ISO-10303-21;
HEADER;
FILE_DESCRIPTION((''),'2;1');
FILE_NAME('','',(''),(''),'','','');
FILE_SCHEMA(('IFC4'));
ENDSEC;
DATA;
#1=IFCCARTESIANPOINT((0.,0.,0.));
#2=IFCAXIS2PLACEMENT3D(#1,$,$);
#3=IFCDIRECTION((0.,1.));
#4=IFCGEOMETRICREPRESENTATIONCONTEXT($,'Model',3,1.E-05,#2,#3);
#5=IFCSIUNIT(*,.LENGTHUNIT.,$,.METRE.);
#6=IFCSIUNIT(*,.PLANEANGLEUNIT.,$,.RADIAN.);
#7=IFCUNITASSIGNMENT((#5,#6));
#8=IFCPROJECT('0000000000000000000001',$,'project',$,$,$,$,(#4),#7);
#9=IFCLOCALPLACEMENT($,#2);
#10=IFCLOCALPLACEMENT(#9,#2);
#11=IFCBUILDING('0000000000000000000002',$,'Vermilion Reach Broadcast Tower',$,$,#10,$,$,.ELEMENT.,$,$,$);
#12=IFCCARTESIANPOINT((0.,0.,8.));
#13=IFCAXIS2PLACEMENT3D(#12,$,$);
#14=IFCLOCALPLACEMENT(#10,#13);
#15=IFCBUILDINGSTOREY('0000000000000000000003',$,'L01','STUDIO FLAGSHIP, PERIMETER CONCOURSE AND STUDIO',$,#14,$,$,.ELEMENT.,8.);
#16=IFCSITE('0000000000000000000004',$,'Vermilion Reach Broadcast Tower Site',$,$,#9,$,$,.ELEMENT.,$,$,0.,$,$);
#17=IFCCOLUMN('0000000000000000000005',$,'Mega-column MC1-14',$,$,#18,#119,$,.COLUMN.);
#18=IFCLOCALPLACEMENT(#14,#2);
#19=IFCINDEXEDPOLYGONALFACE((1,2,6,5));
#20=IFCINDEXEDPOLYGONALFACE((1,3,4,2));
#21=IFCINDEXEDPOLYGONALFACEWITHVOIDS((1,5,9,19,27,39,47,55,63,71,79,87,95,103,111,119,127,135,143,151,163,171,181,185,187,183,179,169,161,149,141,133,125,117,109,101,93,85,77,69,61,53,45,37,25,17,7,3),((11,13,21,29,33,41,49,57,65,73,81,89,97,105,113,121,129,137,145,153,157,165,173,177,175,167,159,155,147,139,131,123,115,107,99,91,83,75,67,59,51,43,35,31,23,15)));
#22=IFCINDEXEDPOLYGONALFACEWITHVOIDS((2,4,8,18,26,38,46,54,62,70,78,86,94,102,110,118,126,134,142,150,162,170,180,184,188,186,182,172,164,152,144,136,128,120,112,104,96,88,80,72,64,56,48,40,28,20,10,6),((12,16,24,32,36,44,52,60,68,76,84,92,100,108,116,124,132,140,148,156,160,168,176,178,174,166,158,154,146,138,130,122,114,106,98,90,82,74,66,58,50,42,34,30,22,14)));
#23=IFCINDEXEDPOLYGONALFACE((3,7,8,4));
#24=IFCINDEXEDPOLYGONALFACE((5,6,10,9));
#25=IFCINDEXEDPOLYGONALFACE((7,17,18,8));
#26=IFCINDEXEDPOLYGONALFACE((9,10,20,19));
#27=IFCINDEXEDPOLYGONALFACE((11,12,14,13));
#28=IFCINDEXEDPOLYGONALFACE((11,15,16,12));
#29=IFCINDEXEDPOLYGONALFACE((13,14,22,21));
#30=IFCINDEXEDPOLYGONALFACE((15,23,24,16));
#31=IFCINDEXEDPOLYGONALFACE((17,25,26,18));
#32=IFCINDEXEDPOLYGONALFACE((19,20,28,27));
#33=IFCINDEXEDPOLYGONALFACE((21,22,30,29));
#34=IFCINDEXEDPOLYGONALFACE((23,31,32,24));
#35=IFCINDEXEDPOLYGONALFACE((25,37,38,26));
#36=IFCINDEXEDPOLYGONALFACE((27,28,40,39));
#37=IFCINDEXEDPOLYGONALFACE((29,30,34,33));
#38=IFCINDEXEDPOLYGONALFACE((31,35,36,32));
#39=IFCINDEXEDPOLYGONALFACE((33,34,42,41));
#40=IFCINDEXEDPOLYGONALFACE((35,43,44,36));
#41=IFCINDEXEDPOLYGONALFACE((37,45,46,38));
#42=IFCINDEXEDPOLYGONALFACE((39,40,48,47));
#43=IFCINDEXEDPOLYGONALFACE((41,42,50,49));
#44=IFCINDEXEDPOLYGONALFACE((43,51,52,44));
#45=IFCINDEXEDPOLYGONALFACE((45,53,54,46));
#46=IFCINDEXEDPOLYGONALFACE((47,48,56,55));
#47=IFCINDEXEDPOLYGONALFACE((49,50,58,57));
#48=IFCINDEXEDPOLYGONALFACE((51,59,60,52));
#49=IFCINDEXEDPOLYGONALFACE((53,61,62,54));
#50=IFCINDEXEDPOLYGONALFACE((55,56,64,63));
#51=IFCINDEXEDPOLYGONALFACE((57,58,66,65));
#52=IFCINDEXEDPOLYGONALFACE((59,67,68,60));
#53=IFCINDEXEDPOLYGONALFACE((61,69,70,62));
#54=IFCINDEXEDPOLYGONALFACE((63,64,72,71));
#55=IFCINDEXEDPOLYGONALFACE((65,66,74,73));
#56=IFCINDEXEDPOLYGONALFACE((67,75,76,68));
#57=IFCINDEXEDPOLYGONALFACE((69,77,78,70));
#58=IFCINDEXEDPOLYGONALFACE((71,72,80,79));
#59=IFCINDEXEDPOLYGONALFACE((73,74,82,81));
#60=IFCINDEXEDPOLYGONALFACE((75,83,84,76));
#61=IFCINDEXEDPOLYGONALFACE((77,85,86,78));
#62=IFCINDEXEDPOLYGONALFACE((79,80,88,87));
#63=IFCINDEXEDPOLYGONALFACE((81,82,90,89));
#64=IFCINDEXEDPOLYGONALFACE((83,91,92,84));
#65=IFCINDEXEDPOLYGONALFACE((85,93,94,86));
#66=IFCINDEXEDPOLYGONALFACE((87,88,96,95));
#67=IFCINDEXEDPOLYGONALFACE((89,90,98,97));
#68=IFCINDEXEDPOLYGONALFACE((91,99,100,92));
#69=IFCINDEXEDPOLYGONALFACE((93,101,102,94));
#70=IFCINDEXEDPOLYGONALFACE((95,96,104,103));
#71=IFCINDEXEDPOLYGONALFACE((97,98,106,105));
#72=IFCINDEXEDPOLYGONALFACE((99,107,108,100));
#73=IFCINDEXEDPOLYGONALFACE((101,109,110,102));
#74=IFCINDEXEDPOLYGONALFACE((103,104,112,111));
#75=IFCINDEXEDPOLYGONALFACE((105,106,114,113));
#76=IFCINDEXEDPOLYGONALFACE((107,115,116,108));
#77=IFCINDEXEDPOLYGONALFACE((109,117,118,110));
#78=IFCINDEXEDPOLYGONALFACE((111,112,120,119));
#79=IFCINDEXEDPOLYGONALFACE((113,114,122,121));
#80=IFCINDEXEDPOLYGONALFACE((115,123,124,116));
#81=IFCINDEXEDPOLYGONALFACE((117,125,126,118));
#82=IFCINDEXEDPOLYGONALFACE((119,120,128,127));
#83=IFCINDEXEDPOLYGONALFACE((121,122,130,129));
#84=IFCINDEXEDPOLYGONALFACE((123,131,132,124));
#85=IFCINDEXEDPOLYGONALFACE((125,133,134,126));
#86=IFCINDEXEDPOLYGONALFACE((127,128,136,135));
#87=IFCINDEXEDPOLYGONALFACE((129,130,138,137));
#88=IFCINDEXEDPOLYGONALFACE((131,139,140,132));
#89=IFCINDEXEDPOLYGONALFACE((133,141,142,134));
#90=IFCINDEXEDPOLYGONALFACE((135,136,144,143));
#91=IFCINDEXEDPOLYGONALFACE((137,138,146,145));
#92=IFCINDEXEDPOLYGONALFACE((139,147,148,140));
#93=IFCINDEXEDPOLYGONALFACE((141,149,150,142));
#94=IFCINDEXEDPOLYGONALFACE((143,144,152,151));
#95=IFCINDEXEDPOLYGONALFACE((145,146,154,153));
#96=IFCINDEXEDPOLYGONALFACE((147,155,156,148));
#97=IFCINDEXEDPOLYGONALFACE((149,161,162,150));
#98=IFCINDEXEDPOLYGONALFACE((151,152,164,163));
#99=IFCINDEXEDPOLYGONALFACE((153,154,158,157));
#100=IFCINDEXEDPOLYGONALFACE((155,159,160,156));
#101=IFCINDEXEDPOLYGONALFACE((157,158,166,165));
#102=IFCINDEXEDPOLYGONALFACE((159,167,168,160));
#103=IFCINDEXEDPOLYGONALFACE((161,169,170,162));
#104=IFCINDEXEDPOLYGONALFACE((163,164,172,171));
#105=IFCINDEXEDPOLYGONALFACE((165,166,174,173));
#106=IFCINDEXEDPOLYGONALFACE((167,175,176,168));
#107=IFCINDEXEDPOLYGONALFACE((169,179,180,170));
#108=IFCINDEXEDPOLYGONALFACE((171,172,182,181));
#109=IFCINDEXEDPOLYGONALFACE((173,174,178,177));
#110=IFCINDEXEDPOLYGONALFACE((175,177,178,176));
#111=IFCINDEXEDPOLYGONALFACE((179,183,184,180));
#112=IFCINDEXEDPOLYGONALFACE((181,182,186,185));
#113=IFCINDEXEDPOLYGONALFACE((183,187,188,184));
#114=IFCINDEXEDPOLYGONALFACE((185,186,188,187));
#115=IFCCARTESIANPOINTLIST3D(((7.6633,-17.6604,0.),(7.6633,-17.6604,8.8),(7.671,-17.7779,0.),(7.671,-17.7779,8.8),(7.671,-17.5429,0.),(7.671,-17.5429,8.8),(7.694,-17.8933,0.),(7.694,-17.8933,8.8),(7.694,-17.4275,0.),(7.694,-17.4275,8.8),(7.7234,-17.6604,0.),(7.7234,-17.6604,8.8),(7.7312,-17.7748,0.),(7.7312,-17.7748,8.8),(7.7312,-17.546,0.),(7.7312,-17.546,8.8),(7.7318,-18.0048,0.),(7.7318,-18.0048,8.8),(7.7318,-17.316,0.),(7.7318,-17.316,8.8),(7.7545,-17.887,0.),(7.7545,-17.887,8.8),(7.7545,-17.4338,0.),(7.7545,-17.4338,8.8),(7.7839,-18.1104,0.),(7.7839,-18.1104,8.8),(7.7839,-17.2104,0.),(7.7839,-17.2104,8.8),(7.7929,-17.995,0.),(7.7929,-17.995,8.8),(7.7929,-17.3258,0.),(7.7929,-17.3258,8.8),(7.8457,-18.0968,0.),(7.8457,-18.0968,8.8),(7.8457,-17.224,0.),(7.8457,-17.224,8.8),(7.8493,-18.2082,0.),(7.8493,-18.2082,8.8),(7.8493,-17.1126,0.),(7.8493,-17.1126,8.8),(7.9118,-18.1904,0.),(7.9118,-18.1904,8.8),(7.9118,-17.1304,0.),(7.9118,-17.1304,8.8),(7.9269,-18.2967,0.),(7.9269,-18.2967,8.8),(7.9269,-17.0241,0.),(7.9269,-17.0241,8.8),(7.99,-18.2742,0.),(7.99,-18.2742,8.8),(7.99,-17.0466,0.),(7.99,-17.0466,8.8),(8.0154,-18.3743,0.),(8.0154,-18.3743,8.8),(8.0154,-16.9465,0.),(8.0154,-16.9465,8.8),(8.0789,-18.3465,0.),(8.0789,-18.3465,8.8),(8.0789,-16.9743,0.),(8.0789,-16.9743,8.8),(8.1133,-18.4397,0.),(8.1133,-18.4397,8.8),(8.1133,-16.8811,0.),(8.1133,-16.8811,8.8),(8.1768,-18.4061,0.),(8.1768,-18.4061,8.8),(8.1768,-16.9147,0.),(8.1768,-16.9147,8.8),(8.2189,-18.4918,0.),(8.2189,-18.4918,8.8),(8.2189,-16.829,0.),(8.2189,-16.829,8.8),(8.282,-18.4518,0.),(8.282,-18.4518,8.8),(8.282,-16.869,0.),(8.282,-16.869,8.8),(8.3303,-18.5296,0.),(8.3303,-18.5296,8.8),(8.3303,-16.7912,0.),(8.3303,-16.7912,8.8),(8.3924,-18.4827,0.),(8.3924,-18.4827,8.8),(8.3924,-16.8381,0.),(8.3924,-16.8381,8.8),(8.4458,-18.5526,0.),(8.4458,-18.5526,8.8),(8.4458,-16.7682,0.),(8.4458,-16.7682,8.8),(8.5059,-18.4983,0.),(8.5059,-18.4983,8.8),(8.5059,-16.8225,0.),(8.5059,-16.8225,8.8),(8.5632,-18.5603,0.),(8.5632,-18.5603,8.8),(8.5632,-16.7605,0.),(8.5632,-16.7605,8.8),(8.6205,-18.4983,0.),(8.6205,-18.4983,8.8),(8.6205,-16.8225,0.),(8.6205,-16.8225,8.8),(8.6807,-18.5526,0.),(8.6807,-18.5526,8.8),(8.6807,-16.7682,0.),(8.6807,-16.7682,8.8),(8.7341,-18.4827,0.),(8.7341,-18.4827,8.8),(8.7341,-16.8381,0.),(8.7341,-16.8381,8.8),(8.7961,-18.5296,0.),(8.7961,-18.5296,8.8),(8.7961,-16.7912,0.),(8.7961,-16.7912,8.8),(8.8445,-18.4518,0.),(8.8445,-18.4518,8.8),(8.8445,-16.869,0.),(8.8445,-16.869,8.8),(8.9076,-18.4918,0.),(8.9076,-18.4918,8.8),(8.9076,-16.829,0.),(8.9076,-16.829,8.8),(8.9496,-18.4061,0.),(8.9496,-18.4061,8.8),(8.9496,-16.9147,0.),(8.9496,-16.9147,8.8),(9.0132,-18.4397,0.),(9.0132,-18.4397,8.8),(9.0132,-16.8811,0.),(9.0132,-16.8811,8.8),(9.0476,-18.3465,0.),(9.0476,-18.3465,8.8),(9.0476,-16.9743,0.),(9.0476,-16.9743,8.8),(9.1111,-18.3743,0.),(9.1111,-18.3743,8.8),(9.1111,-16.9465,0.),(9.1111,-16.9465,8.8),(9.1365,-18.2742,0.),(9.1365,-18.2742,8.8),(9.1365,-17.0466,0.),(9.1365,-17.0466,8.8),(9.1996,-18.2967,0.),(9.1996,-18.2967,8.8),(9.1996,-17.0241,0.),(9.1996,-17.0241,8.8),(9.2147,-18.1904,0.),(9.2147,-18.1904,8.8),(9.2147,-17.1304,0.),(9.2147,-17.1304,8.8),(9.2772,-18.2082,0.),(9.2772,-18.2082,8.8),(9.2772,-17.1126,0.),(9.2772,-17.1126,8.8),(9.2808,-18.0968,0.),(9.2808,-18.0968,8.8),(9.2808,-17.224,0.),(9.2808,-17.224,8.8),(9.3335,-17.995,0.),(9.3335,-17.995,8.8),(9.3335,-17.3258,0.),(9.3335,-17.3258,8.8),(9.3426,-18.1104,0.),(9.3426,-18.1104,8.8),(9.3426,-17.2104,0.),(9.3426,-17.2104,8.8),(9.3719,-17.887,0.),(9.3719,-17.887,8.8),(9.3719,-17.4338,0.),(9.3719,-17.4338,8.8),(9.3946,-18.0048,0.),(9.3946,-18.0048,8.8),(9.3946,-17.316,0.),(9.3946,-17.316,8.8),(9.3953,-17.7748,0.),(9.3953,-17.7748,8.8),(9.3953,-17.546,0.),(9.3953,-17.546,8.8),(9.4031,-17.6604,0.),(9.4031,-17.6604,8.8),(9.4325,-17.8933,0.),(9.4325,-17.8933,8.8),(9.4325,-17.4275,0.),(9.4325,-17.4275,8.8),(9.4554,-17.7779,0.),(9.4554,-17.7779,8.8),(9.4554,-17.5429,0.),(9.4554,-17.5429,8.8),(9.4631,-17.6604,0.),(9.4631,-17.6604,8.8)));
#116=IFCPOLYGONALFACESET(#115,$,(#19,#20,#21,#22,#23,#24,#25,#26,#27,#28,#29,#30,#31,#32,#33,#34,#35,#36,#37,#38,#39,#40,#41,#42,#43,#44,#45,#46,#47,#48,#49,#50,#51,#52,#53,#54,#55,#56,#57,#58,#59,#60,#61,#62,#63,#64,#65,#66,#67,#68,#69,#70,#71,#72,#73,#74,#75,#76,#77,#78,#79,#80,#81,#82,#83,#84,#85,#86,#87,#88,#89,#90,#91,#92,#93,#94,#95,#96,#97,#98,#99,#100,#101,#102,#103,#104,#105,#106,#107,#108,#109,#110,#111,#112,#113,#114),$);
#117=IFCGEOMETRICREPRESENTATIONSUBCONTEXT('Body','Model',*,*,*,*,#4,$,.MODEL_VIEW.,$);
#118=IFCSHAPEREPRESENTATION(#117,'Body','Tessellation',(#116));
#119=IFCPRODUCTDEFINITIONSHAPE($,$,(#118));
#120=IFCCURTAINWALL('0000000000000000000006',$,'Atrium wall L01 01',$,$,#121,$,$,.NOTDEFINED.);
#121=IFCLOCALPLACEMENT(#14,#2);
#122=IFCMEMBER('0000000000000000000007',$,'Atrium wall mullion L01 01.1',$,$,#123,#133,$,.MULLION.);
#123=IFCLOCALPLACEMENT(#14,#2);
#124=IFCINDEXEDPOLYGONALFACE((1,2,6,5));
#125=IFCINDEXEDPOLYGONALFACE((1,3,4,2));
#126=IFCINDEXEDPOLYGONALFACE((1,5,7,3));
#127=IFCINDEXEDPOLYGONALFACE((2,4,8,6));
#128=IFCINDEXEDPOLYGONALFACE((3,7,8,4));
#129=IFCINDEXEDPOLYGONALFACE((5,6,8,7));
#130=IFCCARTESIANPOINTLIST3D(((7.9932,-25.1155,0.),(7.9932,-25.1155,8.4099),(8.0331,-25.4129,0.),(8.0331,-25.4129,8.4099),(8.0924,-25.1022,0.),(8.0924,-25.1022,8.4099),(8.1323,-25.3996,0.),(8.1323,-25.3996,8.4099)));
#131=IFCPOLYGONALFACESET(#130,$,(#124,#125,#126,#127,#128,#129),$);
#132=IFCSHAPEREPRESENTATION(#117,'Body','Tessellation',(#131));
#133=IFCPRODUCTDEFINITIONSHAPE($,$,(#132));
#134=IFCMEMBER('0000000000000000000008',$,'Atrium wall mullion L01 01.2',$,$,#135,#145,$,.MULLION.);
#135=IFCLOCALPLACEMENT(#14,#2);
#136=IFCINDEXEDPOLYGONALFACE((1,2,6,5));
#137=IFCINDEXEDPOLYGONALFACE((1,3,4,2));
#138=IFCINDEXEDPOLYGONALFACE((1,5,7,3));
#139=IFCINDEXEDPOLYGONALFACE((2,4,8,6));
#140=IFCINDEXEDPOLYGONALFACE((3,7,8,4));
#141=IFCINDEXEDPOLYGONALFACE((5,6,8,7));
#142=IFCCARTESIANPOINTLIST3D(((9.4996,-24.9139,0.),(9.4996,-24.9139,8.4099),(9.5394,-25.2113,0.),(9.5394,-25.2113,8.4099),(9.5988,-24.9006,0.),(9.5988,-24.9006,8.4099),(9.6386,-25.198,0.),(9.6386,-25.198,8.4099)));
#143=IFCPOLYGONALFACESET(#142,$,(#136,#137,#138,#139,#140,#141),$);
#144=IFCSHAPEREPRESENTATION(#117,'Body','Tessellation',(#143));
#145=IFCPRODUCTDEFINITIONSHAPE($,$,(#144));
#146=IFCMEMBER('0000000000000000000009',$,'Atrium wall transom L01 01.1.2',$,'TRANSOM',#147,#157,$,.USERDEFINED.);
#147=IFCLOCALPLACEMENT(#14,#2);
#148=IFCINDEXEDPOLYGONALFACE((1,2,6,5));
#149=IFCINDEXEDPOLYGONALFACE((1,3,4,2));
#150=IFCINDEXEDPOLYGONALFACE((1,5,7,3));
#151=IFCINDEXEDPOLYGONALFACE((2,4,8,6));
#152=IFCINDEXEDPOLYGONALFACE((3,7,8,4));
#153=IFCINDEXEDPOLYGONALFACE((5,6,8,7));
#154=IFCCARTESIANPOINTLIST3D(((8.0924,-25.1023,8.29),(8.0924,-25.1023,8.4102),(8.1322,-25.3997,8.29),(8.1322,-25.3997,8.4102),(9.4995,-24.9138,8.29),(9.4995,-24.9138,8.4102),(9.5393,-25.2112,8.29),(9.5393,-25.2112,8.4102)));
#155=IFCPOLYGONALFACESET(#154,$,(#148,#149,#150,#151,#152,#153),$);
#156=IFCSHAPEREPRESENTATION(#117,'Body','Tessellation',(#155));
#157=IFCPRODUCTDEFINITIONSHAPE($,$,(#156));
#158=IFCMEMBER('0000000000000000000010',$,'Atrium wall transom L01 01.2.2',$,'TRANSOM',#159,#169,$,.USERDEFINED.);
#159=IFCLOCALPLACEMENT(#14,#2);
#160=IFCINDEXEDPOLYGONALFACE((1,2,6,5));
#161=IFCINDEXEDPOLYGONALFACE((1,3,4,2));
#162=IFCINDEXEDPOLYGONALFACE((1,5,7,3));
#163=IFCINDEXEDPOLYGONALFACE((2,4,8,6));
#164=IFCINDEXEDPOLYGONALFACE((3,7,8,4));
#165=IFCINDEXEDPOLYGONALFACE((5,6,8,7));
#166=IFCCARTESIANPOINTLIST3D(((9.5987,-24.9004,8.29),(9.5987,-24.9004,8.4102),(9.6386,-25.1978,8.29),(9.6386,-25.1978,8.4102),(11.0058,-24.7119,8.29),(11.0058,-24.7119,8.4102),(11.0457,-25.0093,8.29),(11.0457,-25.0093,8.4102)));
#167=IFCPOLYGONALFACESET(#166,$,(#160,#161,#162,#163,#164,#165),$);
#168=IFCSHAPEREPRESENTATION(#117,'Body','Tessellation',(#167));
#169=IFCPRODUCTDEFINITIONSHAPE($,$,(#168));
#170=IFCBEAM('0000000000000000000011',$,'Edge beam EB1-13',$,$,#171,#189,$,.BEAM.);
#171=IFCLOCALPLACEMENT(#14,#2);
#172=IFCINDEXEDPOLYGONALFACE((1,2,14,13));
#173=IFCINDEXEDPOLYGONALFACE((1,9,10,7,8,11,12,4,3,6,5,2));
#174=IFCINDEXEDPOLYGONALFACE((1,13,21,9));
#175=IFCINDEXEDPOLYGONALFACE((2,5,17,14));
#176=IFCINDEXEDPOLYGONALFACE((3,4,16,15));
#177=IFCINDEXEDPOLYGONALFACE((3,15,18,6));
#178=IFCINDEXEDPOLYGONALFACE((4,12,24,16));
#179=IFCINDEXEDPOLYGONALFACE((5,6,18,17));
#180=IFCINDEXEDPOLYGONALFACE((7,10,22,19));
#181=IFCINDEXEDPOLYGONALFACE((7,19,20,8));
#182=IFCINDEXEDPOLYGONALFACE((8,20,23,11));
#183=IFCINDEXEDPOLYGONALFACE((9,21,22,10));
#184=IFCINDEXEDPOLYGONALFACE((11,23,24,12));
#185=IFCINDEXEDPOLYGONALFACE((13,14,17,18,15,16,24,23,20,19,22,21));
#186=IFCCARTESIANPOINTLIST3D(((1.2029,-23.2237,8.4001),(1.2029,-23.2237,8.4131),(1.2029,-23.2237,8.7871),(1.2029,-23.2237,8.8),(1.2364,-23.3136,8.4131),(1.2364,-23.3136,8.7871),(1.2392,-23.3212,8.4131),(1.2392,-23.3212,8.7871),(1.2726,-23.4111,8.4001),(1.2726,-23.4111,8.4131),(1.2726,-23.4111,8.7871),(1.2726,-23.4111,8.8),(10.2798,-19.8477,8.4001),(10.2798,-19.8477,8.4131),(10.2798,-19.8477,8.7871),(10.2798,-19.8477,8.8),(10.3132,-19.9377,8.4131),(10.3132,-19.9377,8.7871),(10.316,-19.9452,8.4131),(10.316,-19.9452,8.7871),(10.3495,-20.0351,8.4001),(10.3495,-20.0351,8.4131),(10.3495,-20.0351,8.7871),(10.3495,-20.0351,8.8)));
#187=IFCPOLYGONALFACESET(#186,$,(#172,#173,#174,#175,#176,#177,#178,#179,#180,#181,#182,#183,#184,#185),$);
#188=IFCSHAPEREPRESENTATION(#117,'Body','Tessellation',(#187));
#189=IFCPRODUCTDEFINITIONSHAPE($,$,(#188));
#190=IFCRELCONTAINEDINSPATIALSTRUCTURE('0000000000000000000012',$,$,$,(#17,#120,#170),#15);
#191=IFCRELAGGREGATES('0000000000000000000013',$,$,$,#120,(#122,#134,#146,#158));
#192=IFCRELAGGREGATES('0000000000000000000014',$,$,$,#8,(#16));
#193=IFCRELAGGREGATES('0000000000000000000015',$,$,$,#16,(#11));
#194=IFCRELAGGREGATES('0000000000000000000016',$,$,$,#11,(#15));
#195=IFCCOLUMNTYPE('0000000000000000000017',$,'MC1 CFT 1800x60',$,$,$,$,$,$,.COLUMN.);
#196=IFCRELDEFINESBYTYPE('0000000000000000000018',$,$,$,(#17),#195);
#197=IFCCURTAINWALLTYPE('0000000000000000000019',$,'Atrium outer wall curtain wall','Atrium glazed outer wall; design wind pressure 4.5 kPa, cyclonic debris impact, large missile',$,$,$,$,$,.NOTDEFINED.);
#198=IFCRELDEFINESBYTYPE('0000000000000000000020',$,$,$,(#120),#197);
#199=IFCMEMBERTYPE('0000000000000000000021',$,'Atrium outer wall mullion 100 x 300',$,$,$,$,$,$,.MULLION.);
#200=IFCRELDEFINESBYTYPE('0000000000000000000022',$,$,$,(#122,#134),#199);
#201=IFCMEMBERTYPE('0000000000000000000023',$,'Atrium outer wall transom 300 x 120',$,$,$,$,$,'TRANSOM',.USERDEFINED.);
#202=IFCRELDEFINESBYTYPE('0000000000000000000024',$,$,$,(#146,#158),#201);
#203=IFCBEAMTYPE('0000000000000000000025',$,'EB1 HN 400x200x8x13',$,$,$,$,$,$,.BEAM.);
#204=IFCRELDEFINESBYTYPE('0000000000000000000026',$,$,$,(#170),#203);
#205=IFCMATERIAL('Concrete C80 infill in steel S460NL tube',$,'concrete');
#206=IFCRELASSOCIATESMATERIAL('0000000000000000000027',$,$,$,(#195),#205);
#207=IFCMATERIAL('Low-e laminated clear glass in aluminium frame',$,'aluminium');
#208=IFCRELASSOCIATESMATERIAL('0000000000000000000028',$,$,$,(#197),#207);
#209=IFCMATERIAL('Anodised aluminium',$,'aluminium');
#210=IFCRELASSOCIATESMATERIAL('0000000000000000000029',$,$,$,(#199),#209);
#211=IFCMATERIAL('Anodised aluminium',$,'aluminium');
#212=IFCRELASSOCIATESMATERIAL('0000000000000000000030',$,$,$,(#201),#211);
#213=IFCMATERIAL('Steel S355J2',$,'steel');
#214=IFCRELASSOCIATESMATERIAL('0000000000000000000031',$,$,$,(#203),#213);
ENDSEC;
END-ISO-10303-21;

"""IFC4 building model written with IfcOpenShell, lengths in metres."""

from ifc_helpers import new_model, si_unit, direction, frame, origin, origin_2d, place, context, subcontext, project, spatial, rectangle, hollow_circle, i_section, extrude, material, material_profile, profile_set, type_object, element, aggregate, save


model = new_model("IFC4")

# Units and contexts
model_context = context("Model", 3, precision=1e-05, world=origin(), true_north=direction((0.0, 1.0)))
body_context = subcontext(model_context, "Body", "Model", "MODEL_VIEW")
ifc_project = project(units=[si_unit("LENGTHUNIT", "METRE"), si_unit("PLANEANGLEUNIT", "RADIAN")], contexts=[model_context])

# Site, building, storey
site_placement = place(None, origin())
site = spatial("IfcSite", under=ifc_project, at=site_placement, Name="Vermilion Reach Broadcast Tower Site", CompositionType="ELEMENT", RefElevation=0.0)
building_placement = place(site_placement, origin())
building = spatial("IfcBuilding", under=site, at=building_placement, Name="Vermilion Reach Broadcast Tower", CompositionType="ELEMENT")
storey_placement = place(building_placement, frame((0.0, 0.0, 8.0)))
storey = spatial("IfcBuildingStorey", under=building, at=storey_placement, Name="L01", Description="STUDIO FLAGSHIP, PERIMETER CONCOURSE AND STUDIO", CompositionType="ELEMENT", Elevation=8.0)

# Column
ifc_material_1 = material(Name="Concrete C80 infill in steel S460NL tube", Category="concrete")
ifc_material_profile_1 = material_profile(ifc_material_1, hollow_circle(Radius=0.8999, WallThickness=0.0601, at=origin_2d()), Name="Concrete C80 infill in steel S460NL tube CFT 1800x60")
ifc_profile_set_1 = profile_set([ifc_material_profile_1], Name="Concrete C80 infill in steel S460NL tube")
column_type = type_object("IfcColumnType", Name="MC1 CFT 1800x60", PredefinedType="COLUMN", material=ifc_profile_set_1)
for number, where, z_axis, x_axis, name in (
    (1, (8.5632, -17.6604, 0.0), (0.0, 0.0, 1.0), (1.0, 0.0, 0.0), "Mega-column MC1-14"),
):
    element("IfcColumn", number, at=place(storey_placement, frame(where, z_axis=z_axis, x_axis=x_axis)), inside=storey, type_object=column_type, Name=name, PredefinedType="COLUMN", context=body_context, shape_type="SweptSolid", body=[
        extrude(hollow_circle(Radius=0.8999, WallThickness=0.0601, at=origin_2d()), origin(), (0.0, 0.0, 1.0), 8.8),
    ])

# Curtain wall, members
ifc_material_2 = material(Name="Low-e laminated clear glass in aluminium frame", Category="aluminium")
curtain_wall_type = type_object("IfcCurtainWallType", Name="Atrium outer wall curtain wall", Description="Atrium glazed outer wall; design wind pressure 4.5 kPa, cyclonic debris impact, large missile", PredefinedType="NOTDEFINED", material=ifc_material_2)
curtain_wall_placement = place(storey_placement, origin())
curtain_wall = element("IfcCurtainWall", 2, at=curtain_wall_placement, inside=storey, type_object=curtain_wall_type, Name="Atrium wall L01 01", PredefinedType="NOTDEFINED")
ifc_material_3 = material(Name="Anodised aluminium", Category="aluminium")
ifc_material_profile_2 = material_profile(ifc_material_3, rectangle(XDim=0.3, YDim=0.1001, at=origin_2d()), Name="Atrium outer wall mullion 100 x 300")
ifc_profile_set_2 = profile_set([ifc_material_profile_2], Name="Anodised aluminium")
member_type_1 = type_object("IfcMemberType", Name="Atrium outer wall mullion 100 x 300", PredefinedType="MULLION", material=ifc_profile_set_2)
member_1_placement = place(storey_placement, frame((8.0627, -25.2576, 0.0), z_axis=(0.0, 0.0, 1.0), x_axis=(-0.132794, 0.991144, 0.0)))
member_1 = element("IfcMember", 3, at=member_1_placement, type_object=member_type_1, Name="Atrium wall mullion L01 01.1", PredefinedType="MULLION", context=body_context, shape_type="SweptSolid", body=[
    extrude(rectangle(XDim=0.3, YDim=0.1001, at=origin_2d()), origin(), (0.0, 0.0, 1.0), 8.4099),
])
member_2_placement = place(storey_placement, frame((9.5691, -25.0559, 0.0), z_axis=(0.0, 0.0, 1.0), x_axis=(-0.132794, 0.991144, 0.0)))
member_2 = element("IfcMember", 4, at=member_2_placement, type_object=member_type_1, Name="Atrium wall mullion L01 01.2", PredefinedType="MULLION", context=body_context, shape_type="SweptSolid", body=[
    extrude(rectangle(XDim=0.3, YDim=0.1001, at=origin_2d()), origin(), (0.0, 0.0, 1.0), 8.4099),
])
ifc_material_4 = material(Name="Anodised aluminium", Category="aluminium")
ifc_material_profile_3 = material_profile(ifc_material_4, rectangle(XDim=0.3, YDim=0.1201, at=origin_2d()), Name="Atrium outer wall transom 300 x 120")
ifc_profile_set_3 = profile_set([ifc_material_profile_3], Name="Anodised aluminium")
member_type_2 = type_object("IfcMemberType", Name="Atrium outer wall transom 300 x 120", ElementType="TRANSOM", PredefinedType="USERDEFINED", material=ifc_profile_set_3)
member_3_placement = place(storey_placement, frame((8.1123, -25.251, 8.3501), z_axis=(0.99115, 0.132749, 0.0), x_axis=(-0.132749, 0.99115, 0.0)))
member_3 = element("IfcMember", 5, at=member_3_placement, type_object=member_type_2, Name="Atrium wall transom L01 01.1.2", ObjectType="TRANSOM", PredefinedType="USERDEFINED", context=body_context, shape_type="SweptSolid", body=[
    extrude(rectangle(XDim=0.3, YDim=0.1201, at=origin_2d()), origin(), (0.0, 0.0, 1.0), 1.4197),
])
member_4_placement = place(storey_placement, frame((9.6187, -25.0491, 8.3501), z_axis=(0.99115, 0.132749, 0.0), x_axis=(-0.132749, 0.99115, 0.0)))
member_4 = element("IfcMember", 6, at=member_4_placement, type_object=member_type_2, Name="Atrium wall transom L01 01.2.2", ObjectType="TRANSOM", PredefinedType="USERDEFINED", context=body_context, shape_type="SweptSolid", body=[
    extrude(rectangle(XDim=0.3, YDim=0.1201, at=origin_2d()), origin(), (0.0, 0.0, 1.0), 1.4197),
])

# Beam
ifc_material_5 = material(Name="Steel S355J2", Category="steel")
ifc_material_profile_4 = material_profile(ifc_material_5, i_section(OverallWidth=0.2, OverallDepth=0.3999, WebThickness=0.0081, FlangeThickness=0.0129, at=origin_2d()), Name="S355J2 HN 400x200x8x13")
ifc_profile_set_4 = profile_set([ifc_material_profile_4], Name="Steel S355J2")
beam_type_1 = type_object("IfcBeamType", Name="EB1 HN 400x200x8x13", PredefinedType="BEAM", material=ifc_profile_set_4)
beam_1_placement = place(storey_placement, frame((1.2378, -23.3174, 8.6001), z_axis=(0.937272, 0.3486, 0.0), x_axis=(-0.3486, 0.937272, 0.0)))
element("IfcBeam", 7, at=beam_1_placement, inside=storey, type_object=beam_type_1, Name="Edge beam EB1-13", PredefinedType="BEAM", context=body_context, shape_type="SweptSolid", body=[
    extrude(i_section(OverallWidth=0.2, OverallDepth=0.3999, WebThickness=0.0081, FlangeThickness=0.0129, at=origin_2d()), origin(), (0.0, 0.0, 1.0), 9.6843),
])

aggregate(curtain_wall, [member_1, member_2, member_3, member_4])

save(model, "model.ifc")
